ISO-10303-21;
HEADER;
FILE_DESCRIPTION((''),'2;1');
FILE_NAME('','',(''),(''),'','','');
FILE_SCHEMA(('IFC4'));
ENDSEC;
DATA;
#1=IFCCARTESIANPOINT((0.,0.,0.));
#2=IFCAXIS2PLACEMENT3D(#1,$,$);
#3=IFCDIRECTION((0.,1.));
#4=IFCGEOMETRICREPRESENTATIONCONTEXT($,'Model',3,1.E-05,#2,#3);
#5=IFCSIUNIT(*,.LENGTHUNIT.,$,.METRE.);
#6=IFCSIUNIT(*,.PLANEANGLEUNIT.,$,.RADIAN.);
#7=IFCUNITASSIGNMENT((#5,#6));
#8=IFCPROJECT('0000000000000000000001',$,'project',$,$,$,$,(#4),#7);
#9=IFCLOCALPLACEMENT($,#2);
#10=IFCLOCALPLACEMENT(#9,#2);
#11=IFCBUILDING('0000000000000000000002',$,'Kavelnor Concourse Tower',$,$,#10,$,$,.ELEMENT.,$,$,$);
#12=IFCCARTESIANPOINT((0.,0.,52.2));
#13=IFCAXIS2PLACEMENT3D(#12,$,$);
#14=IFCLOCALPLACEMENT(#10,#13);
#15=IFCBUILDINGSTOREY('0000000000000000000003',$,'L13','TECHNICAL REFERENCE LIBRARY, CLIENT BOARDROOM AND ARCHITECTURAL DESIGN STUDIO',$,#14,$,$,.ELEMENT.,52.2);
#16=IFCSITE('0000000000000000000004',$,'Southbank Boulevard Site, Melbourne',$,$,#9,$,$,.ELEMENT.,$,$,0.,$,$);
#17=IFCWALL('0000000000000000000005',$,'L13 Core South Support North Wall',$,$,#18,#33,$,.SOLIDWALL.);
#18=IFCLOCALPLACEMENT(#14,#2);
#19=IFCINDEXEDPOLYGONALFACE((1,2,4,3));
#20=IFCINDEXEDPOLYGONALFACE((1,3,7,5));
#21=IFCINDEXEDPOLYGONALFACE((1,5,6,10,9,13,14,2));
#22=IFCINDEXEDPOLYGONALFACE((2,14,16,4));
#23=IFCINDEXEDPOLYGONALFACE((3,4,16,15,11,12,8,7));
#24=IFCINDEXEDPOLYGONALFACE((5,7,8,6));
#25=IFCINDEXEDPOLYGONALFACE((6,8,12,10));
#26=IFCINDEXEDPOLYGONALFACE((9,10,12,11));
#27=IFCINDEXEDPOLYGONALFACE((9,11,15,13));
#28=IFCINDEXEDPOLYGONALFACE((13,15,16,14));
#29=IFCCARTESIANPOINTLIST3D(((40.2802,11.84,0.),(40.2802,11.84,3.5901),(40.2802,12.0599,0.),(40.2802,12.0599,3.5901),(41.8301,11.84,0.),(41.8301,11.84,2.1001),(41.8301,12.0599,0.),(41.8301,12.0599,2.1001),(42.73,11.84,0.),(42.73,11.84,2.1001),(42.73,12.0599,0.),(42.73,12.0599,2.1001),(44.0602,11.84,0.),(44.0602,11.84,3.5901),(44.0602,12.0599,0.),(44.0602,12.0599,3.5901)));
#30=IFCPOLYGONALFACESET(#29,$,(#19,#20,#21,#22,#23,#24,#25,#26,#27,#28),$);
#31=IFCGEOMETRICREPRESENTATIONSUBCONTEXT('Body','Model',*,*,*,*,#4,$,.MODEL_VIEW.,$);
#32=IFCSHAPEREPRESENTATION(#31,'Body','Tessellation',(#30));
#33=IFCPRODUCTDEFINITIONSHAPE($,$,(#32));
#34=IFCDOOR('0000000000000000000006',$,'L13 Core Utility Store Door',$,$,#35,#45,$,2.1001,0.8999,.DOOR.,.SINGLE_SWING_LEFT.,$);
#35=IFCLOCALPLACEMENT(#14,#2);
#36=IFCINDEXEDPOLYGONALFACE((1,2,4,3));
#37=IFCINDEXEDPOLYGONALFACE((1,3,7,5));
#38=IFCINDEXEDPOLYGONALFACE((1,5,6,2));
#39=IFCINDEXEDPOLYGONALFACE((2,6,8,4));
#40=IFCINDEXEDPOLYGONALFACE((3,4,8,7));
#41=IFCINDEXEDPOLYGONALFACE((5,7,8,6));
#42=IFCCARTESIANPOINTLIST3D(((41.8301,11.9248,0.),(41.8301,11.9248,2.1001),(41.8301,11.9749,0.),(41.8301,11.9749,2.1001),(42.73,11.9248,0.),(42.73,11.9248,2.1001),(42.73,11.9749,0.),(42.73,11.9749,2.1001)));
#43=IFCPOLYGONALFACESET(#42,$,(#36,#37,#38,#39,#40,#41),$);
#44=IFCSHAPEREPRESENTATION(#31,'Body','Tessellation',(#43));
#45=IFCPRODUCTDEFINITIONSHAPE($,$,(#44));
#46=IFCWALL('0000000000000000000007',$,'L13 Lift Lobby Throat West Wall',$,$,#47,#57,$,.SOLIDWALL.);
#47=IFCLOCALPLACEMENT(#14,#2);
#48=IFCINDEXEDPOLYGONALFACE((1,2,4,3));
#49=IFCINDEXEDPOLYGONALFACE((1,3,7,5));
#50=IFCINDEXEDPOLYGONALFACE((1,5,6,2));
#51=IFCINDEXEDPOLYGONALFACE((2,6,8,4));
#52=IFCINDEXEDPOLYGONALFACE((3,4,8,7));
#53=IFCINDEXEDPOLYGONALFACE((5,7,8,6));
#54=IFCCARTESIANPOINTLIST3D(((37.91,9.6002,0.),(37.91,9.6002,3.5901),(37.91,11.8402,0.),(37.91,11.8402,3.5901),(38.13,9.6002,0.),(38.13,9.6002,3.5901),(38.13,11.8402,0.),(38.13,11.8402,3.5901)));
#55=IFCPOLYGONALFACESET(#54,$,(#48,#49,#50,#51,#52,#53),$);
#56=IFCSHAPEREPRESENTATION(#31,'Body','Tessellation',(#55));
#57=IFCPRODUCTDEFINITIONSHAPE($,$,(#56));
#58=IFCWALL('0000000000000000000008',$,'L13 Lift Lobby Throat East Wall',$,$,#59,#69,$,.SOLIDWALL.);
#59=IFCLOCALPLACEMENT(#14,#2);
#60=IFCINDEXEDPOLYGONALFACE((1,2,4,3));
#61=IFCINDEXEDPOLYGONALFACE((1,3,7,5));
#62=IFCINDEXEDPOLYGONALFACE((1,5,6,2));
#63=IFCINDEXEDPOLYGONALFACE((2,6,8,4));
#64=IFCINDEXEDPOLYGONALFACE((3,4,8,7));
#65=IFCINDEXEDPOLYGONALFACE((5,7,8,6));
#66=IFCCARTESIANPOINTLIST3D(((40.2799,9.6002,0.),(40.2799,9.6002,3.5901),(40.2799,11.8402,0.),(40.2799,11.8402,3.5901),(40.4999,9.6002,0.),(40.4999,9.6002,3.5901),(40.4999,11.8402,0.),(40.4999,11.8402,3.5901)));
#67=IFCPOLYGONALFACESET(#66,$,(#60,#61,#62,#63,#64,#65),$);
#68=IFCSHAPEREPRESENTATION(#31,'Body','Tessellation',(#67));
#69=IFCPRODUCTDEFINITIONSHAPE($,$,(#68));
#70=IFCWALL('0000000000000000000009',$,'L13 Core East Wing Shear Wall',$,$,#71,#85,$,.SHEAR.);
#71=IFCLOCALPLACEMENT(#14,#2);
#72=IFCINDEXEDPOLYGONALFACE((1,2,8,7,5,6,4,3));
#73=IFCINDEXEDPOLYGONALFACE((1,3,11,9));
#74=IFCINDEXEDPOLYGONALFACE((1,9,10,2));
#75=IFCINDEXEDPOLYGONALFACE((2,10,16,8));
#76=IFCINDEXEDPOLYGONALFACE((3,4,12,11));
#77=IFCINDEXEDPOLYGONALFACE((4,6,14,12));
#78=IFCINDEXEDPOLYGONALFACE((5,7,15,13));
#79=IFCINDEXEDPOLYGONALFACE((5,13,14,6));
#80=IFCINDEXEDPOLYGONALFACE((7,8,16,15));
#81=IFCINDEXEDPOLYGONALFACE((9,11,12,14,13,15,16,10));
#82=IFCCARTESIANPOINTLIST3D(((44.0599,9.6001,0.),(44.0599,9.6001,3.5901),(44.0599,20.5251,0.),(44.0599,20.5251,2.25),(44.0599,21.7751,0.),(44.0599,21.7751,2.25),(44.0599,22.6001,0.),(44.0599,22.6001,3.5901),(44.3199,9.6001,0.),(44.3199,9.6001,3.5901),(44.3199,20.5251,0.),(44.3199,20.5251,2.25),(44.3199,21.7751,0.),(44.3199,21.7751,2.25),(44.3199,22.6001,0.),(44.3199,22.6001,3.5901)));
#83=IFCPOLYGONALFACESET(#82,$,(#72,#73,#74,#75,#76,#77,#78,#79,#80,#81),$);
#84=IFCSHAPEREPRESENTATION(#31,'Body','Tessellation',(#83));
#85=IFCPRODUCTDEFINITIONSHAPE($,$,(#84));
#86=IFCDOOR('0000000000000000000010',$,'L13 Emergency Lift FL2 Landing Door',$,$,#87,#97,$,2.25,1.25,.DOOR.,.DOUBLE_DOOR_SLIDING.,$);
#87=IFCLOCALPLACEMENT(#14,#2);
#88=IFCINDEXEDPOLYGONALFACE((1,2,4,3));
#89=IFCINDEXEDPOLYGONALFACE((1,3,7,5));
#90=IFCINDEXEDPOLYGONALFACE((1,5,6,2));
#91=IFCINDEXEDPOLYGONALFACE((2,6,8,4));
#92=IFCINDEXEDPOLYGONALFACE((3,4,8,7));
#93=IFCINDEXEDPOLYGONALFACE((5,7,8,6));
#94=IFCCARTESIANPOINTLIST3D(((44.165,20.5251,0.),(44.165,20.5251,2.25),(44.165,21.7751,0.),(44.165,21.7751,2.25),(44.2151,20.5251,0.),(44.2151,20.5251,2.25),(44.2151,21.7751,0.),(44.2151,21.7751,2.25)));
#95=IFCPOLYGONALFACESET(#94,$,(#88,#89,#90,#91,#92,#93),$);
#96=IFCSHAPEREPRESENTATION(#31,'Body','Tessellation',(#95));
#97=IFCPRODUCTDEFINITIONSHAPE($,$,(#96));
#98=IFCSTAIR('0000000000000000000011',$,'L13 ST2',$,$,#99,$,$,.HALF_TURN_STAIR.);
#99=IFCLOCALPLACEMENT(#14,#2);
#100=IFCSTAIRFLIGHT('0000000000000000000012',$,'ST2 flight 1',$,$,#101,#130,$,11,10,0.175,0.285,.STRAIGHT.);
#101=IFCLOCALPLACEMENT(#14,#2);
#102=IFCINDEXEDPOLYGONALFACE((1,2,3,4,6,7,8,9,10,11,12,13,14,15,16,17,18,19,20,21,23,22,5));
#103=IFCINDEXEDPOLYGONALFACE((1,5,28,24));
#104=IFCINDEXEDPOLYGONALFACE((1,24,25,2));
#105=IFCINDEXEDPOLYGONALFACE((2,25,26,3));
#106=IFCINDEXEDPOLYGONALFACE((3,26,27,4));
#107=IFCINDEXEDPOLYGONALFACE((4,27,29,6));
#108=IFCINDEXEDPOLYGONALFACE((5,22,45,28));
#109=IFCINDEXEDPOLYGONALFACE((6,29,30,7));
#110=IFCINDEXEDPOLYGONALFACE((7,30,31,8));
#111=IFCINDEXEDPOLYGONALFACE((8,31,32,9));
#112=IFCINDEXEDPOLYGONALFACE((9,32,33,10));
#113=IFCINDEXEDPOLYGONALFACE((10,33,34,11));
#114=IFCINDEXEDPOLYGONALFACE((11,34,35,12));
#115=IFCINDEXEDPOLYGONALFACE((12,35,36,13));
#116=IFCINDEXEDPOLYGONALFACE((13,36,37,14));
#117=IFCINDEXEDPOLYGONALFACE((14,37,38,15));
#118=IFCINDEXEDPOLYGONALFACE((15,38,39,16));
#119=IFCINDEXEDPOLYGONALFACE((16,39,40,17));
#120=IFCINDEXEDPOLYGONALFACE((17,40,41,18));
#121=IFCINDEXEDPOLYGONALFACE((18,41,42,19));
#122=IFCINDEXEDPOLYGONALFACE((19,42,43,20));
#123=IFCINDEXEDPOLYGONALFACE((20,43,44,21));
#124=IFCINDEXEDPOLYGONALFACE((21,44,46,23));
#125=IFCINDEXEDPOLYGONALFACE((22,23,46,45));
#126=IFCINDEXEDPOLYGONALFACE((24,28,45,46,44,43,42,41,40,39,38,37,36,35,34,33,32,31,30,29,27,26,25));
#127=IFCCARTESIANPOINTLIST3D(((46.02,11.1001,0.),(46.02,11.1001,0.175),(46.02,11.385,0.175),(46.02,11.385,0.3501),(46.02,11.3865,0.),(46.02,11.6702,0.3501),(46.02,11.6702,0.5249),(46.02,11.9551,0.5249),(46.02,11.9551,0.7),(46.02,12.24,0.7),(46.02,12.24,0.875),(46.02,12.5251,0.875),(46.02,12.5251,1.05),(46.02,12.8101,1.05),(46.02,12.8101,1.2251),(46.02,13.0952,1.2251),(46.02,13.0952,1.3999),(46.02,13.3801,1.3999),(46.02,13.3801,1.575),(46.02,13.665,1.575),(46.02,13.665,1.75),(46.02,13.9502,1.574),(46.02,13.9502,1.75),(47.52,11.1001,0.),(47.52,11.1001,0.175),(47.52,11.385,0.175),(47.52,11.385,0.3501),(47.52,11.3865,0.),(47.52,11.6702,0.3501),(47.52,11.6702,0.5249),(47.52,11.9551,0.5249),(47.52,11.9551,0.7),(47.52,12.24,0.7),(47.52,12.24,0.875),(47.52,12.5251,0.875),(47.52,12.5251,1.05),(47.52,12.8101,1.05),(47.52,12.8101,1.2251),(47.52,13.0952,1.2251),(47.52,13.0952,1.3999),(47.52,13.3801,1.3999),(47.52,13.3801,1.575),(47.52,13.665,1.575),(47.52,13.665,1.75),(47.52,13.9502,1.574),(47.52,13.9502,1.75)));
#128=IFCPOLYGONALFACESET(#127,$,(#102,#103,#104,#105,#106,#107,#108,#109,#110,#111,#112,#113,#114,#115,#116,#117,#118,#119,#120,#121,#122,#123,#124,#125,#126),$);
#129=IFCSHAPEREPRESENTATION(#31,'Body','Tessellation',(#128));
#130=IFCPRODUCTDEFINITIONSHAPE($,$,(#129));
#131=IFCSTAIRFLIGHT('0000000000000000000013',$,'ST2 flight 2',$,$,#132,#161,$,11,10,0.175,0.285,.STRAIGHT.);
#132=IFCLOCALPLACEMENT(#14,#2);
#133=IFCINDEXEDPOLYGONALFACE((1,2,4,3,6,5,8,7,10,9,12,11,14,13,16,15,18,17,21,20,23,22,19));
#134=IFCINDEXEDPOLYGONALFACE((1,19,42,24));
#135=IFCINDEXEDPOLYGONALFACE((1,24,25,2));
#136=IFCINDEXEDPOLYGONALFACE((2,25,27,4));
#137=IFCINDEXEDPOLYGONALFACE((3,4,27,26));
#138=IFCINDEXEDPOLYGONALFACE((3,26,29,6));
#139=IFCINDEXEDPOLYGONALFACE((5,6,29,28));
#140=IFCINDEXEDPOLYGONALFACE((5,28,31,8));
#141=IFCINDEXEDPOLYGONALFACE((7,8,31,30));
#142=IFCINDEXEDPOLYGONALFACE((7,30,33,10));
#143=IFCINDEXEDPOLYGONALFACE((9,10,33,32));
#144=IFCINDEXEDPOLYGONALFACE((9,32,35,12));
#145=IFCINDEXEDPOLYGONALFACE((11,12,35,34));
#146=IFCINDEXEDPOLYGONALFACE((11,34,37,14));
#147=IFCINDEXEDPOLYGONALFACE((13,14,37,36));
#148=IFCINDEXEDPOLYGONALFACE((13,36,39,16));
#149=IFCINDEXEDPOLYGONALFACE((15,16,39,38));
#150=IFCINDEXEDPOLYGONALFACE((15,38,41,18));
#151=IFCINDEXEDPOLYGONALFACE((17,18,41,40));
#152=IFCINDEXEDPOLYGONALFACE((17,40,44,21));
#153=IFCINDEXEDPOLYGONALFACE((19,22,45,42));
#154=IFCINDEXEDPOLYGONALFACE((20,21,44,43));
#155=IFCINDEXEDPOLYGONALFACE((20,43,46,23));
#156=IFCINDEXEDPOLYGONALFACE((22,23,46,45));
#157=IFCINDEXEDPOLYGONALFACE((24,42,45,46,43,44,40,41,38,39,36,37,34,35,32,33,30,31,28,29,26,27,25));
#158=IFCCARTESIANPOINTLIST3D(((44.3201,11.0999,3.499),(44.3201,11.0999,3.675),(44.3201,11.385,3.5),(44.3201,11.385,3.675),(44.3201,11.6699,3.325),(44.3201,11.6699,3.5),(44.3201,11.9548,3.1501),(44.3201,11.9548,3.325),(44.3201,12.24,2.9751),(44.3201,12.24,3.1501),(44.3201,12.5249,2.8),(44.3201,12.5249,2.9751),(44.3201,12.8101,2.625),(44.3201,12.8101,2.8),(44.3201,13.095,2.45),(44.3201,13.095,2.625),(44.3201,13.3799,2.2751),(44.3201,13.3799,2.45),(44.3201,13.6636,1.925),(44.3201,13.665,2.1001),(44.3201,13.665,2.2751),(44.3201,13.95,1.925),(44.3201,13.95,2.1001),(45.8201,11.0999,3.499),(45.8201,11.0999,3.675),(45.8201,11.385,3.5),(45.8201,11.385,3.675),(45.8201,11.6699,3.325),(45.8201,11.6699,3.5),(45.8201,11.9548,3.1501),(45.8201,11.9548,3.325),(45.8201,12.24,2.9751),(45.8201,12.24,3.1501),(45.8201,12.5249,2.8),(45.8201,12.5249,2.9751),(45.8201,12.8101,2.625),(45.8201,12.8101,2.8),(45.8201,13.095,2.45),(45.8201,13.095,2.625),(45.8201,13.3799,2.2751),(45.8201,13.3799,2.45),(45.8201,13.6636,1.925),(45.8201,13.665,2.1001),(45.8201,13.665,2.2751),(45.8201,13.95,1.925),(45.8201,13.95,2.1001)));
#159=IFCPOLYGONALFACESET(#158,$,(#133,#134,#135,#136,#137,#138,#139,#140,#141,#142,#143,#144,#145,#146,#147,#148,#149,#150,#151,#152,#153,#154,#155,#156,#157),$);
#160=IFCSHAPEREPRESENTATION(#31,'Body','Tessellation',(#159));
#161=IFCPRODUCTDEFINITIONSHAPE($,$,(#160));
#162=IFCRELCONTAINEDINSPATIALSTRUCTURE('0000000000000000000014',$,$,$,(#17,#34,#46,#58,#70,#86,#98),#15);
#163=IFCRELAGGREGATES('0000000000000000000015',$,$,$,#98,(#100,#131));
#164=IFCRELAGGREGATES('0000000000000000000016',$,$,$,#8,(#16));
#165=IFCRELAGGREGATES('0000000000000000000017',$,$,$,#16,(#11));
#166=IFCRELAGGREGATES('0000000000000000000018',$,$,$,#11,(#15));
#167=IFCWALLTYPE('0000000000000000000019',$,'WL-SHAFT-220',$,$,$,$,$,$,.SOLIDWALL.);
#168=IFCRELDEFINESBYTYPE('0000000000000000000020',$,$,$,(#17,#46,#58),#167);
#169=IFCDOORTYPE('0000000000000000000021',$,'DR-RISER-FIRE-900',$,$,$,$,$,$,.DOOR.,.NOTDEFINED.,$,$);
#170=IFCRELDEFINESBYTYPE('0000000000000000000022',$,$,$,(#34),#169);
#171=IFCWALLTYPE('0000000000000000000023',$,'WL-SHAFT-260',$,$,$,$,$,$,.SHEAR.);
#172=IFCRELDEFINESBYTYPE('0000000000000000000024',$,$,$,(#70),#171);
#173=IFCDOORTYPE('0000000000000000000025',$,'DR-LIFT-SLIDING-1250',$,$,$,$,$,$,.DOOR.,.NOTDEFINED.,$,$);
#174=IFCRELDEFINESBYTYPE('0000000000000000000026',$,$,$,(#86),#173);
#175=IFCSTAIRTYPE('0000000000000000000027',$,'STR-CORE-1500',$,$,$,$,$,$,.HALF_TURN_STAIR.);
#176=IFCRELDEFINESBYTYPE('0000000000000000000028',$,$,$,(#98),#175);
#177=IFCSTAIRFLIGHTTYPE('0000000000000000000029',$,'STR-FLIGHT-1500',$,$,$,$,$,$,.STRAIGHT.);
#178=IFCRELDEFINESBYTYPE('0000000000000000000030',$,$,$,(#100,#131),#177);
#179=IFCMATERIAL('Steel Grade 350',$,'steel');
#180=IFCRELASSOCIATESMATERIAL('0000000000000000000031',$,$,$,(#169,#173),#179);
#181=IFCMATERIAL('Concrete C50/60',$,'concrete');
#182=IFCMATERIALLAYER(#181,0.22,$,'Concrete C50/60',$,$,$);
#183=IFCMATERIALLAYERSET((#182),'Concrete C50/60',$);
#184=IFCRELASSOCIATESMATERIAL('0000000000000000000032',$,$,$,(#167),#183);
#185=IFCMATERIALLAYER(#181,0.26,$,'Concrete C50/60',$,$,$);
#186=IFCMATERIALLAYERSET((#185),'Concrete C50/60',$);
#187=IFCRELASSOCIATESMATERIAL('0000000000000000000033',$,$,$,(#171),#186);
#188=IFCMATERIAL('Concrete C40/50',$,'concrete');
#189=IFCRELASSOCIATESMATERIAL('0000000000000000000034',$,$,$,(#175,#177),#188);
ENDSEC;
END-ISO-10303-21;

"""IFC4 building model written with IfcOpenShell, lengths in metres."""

from ifc_helpers import new_model, si_unit, direction, frame, frame_2d, origin, place, context, subcontext, project, spatial, polyline, rectangle, outline, extrude, material, layer, layer_set, type_object, element, fill, aggregate, save


model = new_model("IFC4")

# Units and contexts
model_context = context("Model", 3, precision=1e-05, world=origin(), true_north=direction((0.0, 1.0)))
body_context = subcontext(model_context, "Body", "Model", "MODEL_VIEW")
ifc_project = project(units=[si_unit("LENGTHUNIT", "METRE"), si_unit("PLANEANGLEUNIT", "RADIAN")], contexts=[model_context])

# Site, building, storey
site_placement = place(None, origin())
site = spatial("IfcSite", under=ifc_project, at=site_placement, Name="Southbank Boulevard Site, Melbourne", CompositionType="ELEMENT", RefElevation=0.0)
building_placement = place(site_placement, origin())
building = spatial("IfcBuilding", under=site, at=building_placement, Name="Kavelnor Concourse Tower", CompositionType="ELEMENT")
storey_placement = place(building_placement, frame((0.0, 0.0, 52.2)))
storey = spatial("IfcBuildingStorey", under=building, at=storey_placement, Name="L13", Description="TECHNICAL REFERENCE LIBRARY, CLIENT BOARDROOM AND ARCHITECTURAL DESIGN STUDIO", CompositionType="ELEMENT", Elevation=52.2)

# Shared definitions
ifc_material_1 = material(Name="Steel Grade 350", Category="steel")

# Shared definitions
door_type_1 = type_object("IfcDoorType", Name="DR-RISER-FIRE-900", OperationType="NOTDEFINED", PredefinedType="DOOR", material=ifc_material_1)

# Wall, opening, door
ifc_material_2 = material(Name="Concrete C50/60", Category="concrete")
ifc_layer_1 = layer(ifc_material_2, 0.22, Name="Concrete C50/60")
ifc_layer_set_1 = layer_set([ifc_layer_1], Name="Concrete C50/60")
wall_type_1 = type_object("IfcWallType", Name="WL-SHAFT-220", PredefinedType="SOLIDWALL", material=ifc_layer_set_1)
wall_1_placement = place(storey_placement, frame((40.28, 11.95, 0.0), z_axis=(0.0, 0.0, 1.0), x_axis=(1.0, 0.0, 0.0)))
wall_1 = element("IfcWall", 1, at=wall_1_placement, inside=storey, type_object=wall_type_1, Name="L13 Core South Support North Wall", PredefinedType="SOLIDWALL", context=body_context, shape_type="SweptSolid", body=[
    extrude(rectangle(XDim=3.78, YDim=0.22, at=frame_2d((1.8901, 0.0))), origin(), (0.0, 0.0, 1.0), 3.5901),
])
opening_1_placement = place(wall_1_placement, frame((1.55, 0.0, 0.0)))
opening_1 = element("IfcOpeningElement", 2, at=opening_1_placement, cuts=wall_1, PredefinedType="OPENING", context=body_context, shape_type="SweptSolid", body=[
    extrude(rectangle(XDim=0.8999, YDim=2.1001, at=frame_2d((0.45, 1.05))), frame((0.0, 0.1201, 0.0), z_axis=(0.0, -1.0, 0.0), x_axis=(1.0, 0.0, 0.0)), (0.0, 0.0, 1.0), 0.24),
])
door_1_placement = place(opening_1_placement, origin())
door_1 = element("IfcDoor", 3, at=door_1_placement, inside=storey, type_object=door_type_1, Name="L13 Core Utility Store Door", OperationType="SINGLE_SWING_LEFT", OverallHeight=2.1001, OverallWidth=0.8999, PredefinedType="DOOR", context=body_context, shape_type="SweptSolid", body=[
    extrude(rectangle(XDim=0.8999, YDim=2.1001, at=frame_2d((0.45, 1.05))), frame((0.0, 0.0249, 0.0), z_axis=(0.0, -1.0, 0.0), x_axis=(1.0, 0.0, 0.0)), (0.0, 0.0, 1.0), 0.05),
])
fill(opening_1, door_1)

# Walls
for number, where, z_axis, x_axis, name in (
    (4, (38.02, 9.6001, 0.0), (0.0, 0.0, 1.0), (0.0, 1.0, 0.0), "L13 Lift Lobby Throat West Wall"),
    (5, (40.3899, 9.6001, 0.0), (0.0, 0.0, 1.0), (0.0, 1.0, 0.0), "L13 Lift Lobby Throat East Wall"),
):
    element("IfcWall", number, at=place(storey_placement, frame(where, z_axis=z_axis, x_axis=x_axis)), inside=storey, type_object=wall_type_1, Name=name, PredefinedType="SOLIDWALL", context=body_context, shape_type="SweptSolid", body=[
        extrude(rectangle(XDim=2.24, YDim=0.22, at=frame_2d((1.1201, 0.0))), origin(), (0.0, 0.0, 1.0), 3.5901),
    ])

# Wall, opening, door
ifc_layer_2 = layer(ifc_material_2, 0.26, Name="Concrete C50/60")
ifc_layer_set_2 = layer_set([ifc_layer_2], Name="Concrete C50/60")
wall_type_2 = type_object("IfcWallType", Name="WL-SHAFT-260", PredefinedType="SHEAR", material=ifc_layer_set_2)
wall_2_placement = place(storey_placement, frame((44.1899, 9.6001, 0.0), z_axis=(0.0, 0.0, 1.0), x_axis=(0.0, 1.0, 0.0)))
wall_2 = element("IfcWall", 6, at=wall_2_placement, inside=storey, type_object=wall_type_2, Name="L13 Core East Wing Shear Wall", PredefinedType="SHEAR", context=body_context, shape_type="SweptSolid", body=[
    extrude(rectangle(XDim=13.0, YDim=0.26, at=frame_2d((6.5, 0.0))), origin(), (0.0, 0.0, 1.0), 3.5901),
])
opening_2_placement = place(wall_2_placement, frame((10.925, 0.0, 0.0)))
opening_2 = element("IfcOpeningElement", 7, at=opening_2_placement, cuts=wall_2, PredefinedType="OPENING", context=body_context, shape_type="SweptSolid", body=[
    extrude(rectangle(XDim=1.25, YDim=2.25, at=frame_2d((0.625, 1.125))), frame((0.0, 0.1401, 0.0), z_axis=(0.0, -1.0, 0.0), x_axis=(1.0, 0.0, 0.0)), (0.0, 0.0, 1.0), 0.28),
])
door_type_2 = type_object("IfcDoorType", Name="DR-LIFT-SLIDING-1250", OperationType="NOTDEFINED", PredefinedType="DOOR", material=ifc_material_1)
door_2_placement = place(opening_2_placement, origin())
door_2 = element("IfcDoor", 8, at=door_2_placement, inside=storey, type_object=door_type_2, Name="L13 Emergency Lift FL2 Landing Door", OperationType="DOUBLE_DOOR_SLIDING", OverallHeight=2.25, OverallWidth=1.25, PredefinedType="DOOR", context=body_context, shape_type="SweptSolid", body=[
    extrude(rectangle(XDim=1.25, YDim=2.25, at=frame_2d((0.625, 1.125))), frame((0.0, 0.0249, 0.0), z_axis=(0.0, -1.0, 0.0), x_axis=(1.0, 0.0, 0.0)), (0.0, 0.0, 1.0), 0.05),
])
fill(opening_2, door_2)

# Stair, stair flights
ifc_material_3 = material(Name="Concrete C40/50", Category="concrete")
stair_type = type_object("IfcStairType", Name="STR-CORE-1500", PredefinedType="HALF_TURN_STAIR", material=ifc_material_3)
stair_placement = place(storey_placement, origin())
stair = element("IfcStair", 9, at=stair_placement, inside=storey, type_object=stair_type, Name="L13 ST2", PredefinedType="HALF_TURN_STAIR")
stair_flight_type = type_object("IfcStairFlightType", Name="STR-FLIGHT-1500", PredefinedType="STRAIGHT", material=ifc_material_3)
stair_flight_1_placement = place(storey_placement, frame((46.77, 11.1001, 0.0), z_axis=(0.0, 0.0, 1.0), x_axis=(0.0, 1.0, 0.0)))
stair_flight_1 = element("IfcStairFlight", 10, at=stair_flight_1_placement, type_object=stair_flight_type, Name="ST2 flight 1", NumberOfRisers=11, NumberOfTreads=10, PredefinedType="STRAIGHT", RiserHeight=0.175, TreadLength=0.285, context=body_context, shape_type="SweptSolid", body=[
    extrude(outline(polyline([(0.0, 0.0), (0.0, 0.175), (0.2849, 0.175), (0.2849, 0.3501), (0.5701, 0.3501), (0.5701, 0.5249), (0.855, 0.5249), (0.855, 0.7), (1.1399, 0.7), (1.1399, 0.875), (1.425, 0.875), (1.425, 1.05), (1.71, 1.05), (1.71, 1.2251), (1.9951, 1.2251), (1.9951, 1.3999), (2.28, 1.3999), (2.28, 1.575), (2.5649, 1.575), (2.5649, 1.75), (2.8501, 1.75), (2.8501, 1.925), (2.8501, 1.574), (0.2864, 0.0), (0.0, 0.0)])), frame((0.0, 0.75, 0.0), z_axis=(0.0, -1.0, 0.0), x_axis=(1.0, 0.0, 0.0)), (0.0, 0.0, 1.0), 1.5),
])
stair_flight_2_placement = place(storey_placement, frame((45.0701, 13.95, 1.925), z_axis=(0.0, 0.0, 1.0), x_axis=(0.0, -1.0, 0.0)))
stair_flight_2 = element("IfcStairFlight", 11, at=stair_flight_2_placement, type_object=stair_flight_type, Name="ST2 flight 2", NumberOfRisers=11, NumberOfTreads=10, PredefinedType="STRAIGHT", RiserHeight=0.175, TreadLength=0.285, context=body_context, shape_type="SweptSolid", body=[
    extrude(outline(polyline([(0.0, 0.0), (0.0, 0.175), (0.2849, 0.175), (0.2849, 0.3501), (0.5701, 0.3501), (0.5701, 0.5249), (0.855, 0.5249), (0.855, 0.7), (1.1399, 0.7), (1.1399, 0.875), (1.425, 0.875), (1.425, 1.05), (1.71, 1.05), (1.71, 1.2251), (1.9951, 1.2251), (1.9951, 1.3999), (2.28, 1.3999), (2.28, 1.575), (2.5649, 1.575), (2.5649, 1.75), (2.8501, 1.75), (2.8501, 1.925), (2.8501, 1.574), (0.2864, 0.0), (0.0, 0.0)])), frame((0.0, 0.75, 0.0), z_axis=(0.0, -1.0, 0.0), x_axis=(1.0, 0.0, 0.0)), (0.0, 0.0, 1.0), 1.5),
])
aggregate(stair, [stair_flight_1, stair_flight_2])

save(model, "model.ifc")
